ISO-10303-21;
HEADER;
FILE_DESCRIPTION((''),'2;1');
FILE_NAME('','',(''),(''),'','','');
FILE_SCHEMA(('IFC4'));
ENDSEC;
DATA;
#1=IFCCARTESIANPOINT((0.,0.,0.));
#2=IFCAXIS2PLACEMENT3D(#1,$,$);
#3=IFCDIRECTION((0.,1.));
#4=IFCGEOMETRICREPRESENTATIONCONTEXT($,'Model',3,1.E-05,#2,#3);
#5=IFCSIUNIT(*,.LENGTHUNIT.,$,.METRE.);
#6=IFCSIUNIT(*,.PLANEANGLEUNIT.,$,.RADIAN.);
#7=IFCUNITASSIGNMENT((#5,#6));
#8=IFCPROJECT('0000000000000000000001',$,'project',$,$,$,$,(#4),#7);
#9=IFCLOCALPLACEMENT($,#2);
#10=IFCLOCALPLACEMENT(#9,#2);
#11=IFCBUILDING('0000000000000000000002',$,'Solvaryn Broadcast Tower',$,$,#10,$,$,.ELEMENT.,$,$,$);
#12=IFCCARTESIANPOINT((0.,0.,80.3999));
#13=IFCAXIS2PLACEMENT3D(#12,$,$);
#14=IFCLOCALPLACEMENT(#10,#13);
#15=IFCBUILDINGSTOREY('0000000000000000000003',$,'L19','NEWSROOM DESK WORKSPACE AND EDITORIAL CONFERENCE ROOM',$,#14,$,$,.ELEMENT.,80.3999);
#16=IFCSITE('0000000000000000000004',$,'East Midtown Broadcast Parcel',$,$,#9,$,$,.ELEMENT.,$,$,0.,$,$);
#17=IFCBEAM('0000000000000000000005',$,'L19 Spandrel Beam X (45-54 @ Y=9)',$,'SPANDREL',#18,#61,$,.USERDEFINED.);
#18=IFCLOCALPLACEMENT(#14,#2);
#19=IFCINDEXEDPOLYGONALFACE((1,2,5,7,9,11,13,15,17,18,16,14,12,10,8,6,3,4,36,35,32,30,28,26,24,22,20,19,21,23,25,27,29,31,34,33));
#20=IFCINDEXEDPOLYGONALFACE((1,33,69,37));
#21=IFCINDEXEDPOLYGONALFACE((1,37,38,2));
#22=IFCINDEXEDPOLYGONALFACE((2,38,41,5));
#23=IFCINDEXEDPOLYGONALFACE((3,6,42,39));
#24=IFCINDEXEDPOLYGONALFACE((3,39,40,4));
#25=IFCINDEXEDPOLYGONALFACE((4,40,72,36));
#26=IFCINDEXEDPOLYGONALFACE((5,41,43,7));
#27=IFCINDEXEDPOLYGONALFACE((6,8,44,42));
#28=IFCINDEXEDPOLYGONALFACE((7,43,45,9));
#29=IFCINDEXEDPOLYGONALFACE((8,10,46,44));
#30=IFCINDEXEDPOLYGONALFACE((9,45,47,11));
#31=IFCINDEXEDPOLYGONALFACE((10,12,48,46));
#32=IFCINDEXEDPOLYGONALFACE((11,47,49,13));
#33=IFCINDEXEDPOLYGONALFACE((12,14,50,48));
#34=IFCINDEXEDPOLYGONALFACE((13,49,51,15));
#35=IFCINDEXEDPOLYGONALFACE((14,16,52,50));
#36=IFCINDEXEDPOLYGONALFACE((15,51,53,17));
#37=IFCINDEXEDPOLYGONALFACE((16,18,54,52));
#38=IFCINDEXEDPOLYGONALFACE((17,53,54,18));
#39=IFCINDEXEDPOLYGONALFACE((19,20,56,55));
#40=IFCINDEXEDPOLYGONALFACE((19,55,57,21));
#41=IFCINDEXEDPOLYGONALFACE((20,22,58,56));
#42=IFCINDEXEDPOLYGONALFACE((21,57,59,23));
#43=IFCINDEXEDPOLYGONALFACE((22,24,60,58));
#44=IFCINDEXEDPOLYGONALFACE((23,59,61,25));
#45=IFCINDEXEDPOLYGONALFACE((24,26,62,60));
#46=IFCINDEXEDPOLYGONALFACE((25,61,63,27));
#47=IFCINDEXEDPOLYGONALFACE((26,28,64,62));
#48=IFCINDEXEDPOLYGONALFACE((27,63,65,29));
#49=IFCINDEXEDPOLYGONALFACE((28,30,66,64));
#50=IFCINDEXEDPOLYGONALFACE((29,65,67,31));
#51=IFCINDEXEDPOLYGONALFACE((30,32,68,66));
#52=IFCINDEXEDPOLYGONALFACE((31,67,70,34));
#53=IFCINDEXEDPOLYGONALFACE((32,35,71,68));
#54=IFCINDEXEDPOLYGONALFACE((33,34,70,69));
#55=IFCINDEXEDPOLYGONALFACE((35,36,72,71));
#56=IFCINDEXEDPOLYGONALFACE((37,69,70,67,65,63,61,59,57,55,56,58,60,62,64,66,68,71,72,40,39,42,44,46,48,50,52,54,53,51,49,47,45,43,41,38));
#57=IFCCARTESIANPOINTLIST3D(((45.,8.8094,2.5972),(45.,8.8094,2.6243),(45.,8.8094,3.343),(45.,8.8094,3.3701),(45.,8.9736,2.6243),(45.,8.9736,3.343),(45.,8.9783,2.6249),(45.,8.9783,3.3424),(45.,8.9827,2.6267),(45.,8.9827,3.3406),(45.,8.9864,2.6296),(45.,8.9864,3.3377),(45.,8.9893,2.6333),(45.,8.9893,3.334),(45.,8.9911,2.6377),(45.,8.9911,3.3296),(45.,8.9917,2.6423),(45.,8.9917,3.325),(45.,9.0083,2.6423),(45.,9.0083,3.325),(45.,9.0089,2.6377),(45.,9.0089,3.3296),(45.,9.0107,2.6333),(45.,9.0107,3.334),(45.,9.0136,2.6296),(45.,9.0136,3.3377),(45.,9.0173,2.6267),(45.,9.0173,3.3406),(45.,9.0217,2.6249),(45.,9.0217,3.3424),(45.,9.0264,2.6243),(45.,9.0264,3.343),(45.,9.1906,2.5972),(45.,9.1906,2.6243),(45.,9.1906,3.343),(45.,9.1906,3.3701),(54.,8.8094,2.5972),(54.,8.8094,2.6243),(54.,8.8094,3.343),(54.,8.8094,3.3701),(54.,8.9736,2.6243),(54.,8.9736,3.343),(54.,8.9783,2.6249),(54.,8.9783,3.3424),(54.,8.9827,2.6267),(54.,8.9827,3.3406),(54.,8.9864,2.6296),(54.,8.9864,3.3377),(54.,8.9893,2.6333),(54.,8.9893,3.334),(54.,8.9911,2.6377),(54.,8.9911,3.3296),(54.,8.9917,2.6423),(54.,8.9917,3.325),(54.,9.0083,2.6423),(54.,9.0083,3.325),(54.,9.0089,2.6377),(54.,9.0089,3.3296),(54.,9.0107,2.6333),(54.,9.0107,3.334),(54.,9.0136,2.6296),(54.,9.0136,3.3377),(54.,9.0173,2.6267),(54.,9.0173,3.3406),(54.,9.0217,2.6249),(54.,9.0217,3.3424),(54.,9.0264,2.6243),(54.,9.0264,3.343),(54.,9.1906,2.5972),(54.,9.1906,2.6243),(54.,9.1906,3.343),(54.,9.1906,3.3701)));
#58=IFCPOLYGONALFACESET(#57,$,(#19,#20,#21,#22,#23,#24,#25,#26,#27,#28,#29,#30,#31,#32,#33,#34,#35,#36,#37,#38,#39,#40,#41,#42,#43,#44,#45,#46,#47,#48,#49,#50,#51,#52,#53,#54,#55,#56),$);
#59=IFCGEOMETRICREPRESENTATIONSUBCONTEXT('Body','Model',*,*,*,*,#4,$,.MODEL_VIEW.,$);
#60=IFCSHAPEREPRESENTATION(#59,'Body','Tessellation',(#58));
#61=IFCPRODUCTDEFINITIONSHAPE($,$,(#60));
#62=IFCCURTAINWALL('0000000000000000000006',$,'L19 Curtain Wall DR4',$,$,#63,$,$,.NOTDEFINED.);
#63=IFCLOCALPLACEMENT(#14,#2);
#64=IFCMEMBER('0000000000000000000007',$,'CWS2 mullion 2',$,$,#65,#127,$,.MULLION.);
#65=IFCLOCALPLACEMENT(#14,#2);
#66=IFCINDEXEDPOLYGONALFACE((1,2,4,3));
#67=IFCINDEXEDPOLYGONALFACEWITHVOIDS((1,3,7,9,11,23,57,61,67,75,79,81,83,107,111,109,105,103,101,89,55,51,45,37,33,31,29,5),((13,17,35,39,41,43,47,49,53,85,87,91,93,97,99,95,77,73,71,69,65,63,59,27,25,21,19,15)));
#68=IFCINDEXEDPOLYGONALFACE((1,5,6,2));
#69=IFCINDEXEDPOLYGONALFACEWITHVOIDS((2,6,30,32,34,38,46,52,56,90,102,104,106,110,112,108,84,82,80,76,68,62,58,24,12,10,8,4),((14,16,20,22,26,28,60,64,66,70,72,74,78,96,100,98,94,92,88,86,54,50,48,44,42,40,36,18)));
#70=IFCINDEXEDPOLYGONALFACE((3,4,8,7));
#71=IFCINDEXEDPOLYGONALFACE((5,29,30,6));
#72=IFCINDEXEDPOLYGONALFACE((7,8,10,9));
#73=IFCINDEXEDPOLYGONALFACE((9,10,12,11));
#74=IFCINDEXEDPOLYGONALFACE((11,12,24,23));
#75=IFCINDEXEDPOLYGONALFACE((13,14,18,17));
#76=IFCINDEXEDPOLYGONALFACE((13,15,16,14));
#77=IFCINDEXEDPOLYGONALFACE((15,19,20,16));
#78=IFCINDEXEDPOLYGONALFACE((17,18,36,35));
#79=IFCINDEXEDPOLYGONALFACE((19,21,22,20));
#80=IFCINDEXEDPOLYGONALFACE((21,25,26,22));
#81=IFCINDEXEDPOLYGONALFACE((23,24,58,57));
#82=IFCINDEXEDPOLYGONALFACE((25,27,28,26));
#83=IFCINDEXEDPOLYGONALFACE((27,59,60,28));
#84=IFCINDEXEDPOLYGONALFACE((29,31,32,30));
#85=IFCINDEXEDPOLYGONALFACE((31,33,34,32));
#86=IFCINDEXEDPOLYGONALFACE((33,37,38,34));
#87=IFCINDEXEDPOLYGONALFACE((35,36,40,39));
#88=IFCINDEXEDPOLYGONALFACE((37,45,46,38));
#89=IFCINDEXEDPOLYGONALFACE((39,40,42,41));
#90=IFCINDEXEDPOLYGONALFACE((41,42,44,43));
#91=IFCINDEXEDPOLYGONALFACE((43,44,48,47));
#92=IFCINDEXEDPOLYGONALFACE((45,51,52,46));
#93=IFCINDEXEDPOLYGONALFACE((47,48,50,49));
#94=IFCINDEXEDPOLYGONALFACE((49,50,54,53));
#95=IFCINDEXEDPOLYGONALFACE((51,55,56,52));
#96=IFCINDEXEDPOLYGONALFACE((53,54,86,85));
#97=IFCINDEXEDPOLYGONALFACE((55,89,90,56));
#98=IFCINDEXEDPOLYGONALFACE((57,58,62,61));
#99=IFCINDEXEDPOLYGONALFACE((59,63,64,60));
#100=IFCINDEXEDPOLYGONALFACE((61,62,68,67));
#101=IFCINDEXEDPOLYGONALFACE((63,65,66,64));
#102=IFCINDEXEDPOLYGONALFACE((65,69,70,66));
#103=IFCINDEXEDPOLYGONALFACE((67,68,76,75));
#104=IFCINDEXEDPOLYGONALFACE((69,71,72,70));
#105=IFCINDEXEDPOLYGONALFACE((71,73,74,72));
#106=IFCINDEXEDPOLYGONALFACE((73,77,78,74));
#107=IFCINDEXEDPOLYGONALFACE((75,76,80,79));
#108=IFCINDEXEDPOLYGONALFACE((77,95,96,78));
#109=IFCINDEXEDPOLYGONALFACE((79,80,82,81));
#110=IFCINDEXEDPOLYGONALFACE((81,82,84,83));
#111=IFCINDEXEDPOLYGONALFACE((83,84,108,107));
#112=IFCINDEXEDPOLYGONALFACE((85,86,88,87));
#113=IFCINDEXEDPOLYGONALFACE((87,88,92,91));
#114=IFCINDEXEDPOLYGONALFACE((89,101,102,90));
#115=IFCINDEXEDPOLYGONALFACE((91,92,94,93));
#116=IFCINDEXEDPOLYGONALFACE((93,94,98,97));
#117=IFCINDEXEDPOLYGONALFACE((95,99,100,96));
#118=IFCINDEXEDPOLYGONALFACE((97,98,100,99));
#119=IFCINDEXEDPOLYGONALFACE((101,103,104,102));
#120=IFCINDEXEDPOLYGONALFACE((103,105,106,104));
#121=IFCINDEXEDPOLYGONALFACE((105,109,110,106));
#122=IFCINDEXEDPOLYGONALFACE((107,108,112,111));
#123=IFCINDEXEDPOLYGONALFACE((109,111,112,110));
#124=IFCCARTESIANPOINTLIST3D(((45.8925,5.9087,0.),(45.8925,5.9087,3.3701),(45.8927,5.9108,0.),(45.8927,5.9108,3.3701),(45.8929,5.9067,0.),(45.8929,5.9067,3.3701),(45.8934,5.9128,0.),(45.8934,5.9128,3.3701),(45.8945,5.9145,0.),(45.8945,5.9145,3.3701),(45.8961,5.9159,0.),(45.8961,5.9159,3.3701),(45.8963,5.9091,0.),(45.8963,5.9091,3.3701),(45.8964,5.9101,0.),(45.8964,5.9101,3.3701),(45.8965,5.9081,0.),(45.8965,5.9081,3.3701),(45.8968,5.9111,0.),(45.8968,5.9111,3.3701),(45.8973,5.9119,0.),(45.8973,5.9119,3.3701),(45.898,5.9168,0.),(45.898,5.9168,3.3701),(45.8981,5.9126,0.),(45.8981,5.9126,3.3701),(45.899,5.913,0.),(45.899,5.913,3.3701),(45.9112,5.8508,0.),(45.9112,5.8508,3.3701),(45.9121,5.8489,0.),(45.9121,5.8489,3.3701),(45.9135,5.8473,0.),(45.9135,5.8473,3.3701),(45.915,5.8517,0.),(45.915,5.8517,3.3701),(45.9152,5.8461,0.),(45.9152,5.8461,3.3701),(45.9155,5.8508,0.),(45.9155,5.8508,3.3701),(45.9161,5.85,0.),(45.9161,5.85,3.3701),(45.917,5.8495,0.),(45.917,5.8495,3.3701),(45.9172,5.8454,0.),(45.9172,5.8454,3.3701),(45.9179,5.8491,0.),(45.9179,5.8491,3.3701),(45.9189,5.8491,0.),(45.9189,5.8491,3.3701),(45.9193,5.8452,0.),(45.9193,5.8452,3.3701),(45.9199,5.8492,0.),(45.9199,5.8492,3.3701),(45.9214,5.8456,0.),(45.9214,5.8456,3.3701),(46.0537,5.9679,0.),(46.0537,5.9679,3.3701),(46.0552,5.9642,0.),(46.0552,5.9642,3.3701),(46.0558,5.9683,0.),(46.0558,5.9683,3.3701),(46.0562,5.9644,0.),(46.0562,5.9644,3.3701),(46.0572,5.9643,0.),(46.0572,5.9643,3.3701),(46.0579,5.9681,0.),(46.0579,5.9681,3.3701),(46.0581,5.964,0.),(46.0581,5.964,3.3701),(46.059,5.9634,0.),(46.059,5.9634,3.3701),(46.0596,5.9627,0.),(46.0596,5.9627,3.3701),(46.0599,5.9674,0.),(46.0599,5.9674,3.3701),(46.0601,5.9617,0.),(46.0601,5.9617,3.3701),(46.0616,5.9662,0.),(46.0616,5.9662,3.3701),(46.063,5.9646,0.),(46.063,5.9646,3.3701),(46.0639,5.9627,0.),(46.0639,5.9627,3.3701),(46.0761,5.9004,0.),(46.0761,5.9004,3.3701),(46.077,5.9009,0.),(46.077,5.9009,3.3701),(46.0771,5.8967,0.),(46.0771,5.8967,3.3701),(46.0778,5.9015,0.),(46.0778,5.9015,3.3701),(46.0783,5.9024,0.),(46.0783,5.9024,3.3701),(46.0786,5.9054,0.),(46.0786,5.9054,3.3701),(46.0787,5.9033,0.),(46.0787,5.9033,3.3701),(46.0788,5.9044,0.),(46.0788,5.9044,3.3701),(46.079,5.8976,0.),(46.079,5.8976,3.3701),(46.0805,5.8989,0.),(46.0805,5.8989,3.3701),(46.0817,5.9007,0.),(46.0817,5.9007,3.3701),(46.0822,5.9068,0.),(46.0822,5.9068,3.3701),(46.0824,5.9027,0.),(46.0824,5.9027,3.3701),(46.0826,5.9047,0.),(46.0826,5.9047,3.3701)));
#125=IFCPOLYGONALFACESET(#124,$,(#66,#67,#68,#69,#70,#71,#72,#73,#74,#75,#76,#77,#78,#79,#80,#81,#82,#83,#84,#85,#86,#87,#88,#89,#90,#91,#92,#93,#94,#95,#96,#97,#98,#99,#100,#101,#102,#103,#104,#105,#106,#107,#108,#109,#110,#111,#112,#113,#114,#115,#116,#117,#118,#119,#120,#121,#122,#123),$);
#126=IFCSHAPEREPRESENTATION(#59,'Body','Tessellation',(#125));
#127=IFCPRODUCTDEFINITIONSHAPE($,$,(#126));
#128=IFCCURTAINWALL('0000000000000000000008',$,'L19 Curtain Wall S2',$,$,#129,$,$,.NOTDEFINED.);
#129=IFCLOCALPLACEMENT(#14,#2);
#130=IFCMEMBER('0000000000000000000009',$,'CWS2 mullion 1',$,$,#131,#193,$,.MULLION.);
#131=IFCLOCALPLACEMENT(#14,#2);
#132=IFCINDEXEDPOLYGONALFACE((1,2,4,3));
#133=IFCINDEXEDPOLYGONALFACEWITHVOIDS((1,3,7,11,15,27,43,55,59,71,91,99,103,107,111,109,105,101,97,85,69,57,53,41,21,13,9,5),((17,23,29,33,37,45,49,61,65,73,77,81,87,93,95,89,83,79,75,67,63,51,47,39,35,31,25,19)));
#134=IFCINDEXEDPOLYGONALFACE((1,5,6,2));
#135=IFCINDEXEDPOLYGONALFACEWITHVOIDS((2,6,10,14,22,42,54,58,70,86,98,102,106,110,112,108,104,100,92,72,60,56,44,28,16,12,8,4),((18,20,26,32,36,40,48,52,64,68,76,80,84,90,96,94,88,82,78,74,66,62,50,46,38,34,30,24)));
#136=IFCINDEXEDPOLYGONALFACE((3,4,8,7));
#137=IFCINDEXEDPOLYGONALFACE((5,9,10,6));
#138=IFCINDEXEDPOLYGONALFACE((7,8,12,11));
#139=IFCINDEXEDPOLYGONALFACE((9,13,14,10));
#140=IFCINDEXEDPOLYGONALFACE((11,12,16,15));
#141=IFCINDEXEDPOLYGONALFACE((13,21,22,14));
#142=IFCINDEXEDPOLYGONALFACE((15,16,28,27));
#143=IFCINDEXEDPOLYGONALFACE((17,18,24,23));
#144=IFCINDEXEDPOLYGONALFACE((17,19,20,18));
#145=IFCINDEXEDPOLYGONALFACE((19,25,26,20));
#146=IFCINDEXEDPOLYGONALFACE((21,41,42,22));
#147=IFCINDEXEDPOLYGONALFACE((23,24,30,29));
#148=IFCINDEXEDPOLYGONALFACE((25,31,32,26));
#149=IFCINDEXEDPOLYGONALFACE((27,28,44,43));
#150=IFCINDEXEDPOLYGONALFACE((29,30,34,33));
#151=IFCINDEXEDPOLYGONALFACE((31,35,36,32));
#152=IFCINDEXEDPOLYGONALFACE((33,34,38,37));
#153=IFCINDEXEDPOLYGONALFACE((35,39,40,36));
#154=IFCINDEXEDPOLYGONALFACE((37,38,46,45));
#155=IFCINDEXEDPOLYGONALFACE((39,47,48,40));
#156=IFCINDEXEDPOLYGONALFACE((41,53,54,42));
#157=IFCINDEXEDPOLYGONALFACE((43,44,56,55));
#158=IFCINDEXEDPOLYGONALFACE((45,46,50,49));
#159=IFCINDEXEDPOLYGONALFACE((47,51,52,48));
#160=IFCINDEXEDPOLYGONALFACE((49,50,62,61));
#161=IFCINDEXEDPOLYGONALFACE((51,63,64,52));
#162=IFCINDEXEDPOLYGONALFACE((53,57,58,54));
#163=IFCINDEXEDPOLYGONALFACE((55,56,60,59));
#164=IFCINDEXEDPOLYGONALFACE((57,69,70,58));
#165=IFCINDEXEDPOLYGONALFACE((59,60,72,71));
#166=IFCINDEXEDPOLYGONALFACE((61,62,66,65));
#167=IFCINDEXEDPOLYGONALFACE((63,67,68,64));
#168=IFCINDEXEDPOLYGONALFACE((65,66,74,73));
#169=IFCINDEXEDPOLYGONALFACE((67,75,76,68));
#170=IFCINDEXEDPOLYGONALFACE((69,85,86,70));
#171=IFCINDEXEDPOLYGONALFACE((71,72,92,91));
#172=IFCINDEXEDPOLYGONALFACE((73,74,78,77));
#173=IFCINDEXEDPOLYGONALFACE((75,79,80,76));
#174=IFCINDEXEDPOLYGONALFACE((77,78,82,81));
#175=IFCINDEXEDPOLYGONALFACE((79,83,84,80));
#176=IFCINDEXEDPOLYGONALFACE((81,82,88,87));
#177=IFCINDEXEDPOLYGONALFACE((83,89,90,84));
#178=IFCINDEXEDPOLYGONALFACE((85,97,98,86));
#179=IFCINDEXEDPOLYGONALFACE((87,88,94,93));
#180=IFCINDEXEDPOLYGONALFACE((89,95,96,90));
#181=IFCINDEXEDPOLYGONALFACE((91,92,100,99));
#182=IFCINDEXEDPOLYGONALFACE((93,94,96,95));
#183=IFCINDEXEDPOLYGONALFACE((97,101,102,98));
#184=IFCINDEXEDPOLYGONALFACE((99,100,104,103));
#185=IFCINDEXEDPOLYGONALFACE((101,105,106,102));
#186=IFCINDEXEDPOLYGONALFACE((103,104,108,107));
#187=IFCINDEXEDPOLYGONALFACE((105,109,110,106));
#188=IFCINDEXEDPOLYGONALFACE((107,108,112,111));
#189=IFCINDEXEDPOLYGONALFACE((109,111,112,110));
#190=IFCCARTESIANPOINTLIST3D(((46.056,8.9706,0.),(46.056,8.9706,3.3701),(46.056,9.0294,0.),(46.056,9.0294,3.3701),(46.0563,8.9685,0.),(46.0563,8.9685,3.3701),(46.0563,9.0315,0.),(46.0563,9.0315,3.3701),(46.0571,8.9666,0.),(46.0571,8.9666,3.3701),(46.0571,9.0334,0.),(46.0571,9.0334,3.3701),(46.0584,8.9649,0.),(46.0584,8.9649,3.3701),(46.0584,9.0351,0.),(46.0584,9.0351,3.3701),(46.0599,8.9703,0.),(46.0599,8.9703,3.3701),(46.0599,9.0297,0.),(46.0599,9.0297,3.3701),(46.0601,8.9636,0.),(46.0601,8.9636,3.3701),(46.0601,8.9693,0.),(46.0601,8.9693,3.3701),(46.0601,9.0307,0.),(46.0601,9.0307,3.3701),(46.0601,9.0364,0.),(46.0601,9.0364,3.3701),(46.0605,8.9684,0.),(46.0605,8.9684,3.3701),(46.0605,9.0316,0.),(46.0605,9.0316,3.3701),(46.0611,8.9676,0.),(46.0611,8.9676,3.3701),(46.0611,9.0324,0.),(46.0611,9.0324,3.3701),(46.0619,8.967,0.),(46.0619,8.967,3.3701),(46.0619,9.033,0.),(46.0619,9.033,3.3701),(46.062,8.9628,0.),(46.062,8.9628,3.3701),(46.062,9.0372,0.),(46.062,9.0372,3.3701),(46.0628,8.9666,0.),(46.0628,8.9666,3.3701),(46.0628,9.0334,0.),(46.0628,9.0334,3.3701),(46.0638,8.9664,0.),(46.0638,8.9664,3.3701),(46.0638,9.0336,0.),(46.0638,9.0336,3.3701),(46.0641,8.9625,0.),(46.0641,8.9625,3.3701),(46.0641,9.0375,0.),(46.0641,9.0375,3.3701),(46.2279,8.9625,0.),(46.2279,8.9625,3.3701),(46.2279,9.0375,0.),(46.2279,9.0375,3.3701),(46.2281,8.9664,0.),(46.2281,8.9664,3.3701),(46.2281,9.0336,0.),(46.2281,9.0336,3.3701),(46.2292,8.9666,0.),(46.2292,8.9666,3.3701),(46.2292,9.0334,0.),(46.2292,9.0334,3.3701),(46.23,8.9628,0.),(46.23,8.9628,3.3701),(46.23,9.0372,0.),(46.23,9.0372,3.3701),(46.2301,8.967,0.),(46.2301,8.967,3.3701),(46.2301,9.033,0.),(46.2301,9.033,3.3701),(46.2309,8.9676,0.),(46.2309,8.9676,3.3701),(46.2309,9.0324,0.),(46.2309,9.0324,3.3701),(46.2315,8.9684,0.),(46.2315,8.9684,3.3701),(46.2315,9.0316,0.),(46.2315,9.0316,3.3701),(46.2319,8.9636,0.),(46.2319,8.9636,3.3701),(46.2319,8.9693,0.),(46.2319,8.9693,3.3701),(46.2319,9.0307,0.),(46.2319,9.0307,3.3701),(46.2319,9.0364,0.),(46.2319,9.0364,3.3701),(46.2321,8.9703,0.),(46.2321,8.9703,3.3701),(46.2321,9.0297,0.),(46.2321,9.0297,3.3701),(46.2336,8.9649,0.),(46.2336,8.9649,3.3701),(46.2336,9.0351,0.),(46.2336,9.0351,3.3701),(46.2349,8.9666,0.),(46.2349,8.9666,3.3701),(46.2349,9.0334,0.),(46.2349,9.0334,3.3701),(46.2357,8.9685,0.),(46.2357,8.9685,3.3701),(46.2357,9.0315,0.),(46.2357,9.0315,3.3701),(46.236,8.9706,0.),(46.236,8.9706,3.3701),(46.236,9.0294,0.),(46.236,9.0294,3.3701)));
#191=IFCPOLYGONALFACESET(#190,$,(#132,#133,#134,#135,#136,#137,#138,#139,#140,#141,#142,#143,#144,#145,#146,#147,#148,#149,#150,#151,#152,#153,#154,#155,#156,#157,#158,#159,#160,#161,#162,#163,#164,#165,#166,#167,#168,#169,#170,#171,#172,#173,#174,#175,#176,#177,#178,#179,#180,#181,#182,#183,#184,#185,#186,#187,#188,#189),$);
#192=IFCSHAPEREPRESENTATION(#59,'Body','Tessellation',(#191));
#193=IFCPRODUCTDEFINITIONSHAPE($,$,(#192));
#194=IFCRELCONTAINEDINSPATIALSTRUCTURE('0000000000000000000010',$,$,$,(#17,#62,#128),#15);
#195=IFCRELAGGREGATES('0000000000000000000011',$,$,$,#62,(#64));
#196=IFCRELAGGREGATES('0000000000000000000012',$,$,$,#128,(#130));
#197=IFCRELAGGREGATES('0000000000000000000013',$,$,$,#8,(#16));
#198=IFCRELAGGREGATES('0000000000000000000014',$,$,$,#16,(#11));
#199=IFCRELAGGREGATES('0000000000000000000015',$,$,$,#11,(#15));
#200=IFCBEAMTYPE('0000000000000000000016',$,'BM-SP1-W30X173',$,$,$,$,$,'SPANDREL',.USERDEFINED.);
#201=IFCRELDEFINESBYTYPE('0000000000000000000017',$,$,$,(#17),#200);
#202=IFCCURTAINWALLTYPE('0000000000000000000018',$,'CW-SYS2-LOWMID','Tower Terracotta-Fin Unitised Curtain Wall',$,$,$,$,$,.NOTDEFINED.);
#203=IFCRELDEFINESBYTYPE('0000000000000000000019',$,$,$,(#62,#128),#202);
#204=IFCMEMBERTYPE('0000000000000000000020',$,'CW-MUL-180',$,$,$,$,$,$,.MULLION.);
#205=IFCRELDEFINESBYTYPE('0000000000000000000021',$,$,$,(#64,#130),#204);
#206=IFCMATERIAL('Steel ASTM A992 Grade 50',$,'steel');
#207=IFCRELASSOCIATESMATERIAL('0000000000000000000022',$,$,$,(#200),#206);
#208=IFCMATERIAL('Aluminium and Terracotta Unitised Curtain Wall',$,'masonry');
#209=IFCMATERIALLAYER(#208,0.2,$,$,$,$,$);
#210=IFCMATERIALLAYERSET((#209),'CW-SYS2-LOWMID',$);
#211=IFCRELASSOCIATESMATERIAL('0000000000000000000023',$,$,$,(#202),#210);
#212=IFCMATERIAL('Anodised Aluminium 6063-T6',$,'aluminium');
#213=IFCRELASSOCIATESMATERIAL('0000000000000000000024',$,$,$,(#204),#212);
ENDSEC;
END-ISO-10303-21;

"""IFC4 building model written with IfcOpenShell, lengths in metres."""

from ifc_helpers import new_model, si_unit, direction, frame, origin, origin_2d, place, context, subcontext, project, spatial, hollow_rectangle, i_section, extrude, material, layer, layer_set, material_profile, profile_set, type_object, element, aggregate, save


model = new_model("IFC4")

# Units and contexts
model_context = context("Model", 3, precision=1e-05, world=origin(), true_north=direction((0.0, 1.0)))
body_context = subcontext(model_context, "Body", "Model", "MODEL_VIEW")
ifc_project = project(units=[si_unit("LENGTHUNIT", "METRE"), si_unit("PLANEANGLEUNIT", "RADIAN")], contexts=[model_context])

# Site, building, storey
site_placement = place(None, origin())
site = spatial("IfcSite", under=ifc_project, at=site_placement, Name="East Midtown Broadcast Parcel", CompositionType="ELEMENT", RefElevation=0.0)
building_placement = place(site_placement, origin())
building = spatial("IfcBuilding", under=site, at=building_placement, Name="Solvaryn Broadcast Tower", CompositionType="ELEMENT")
storey_placement = place(building_placement, frame((0.0, 0.0, 80.3999)))
storey = spatial("IfcBuildingStorey", under=building, at=storey_placement, Name="L19", Description="NEWSROOM DESK WORKSPACE AND EDITORIAL CONFERENCE ROOM", CompositionType="ELEMENT", Elevation=80.3999)

# Beam
ifc_material_1 = material(Name="Steel ASTM A992 Grade 50", Category="steel")
ifc_material_profile_1 = material_profile(ifc_material_1, i_section(OverallWidth=0.3811, OverallDepth=0.7729, WebThickness=0.0166, FlangeThickness=0.0271, FilletRadius=0.0181, at=origin_2d()))
ifc_profile_set_1 = profile_set([ifc_material_profile_1], Name="Steel ASTM A992 Grade 50")
beam_type_1 = type_object("IfcBeamType", Name="BM-SP1-W30X173", ElementType="SPANDREL", PredefinedType="USERDEFINED", material=ifc_profile_set_1)
beam_1_placement = place(storey_placement, frame((45.0, 9.0, 2.9836), z_axis=(1.0, 0.0, 0.0), x_axis=(0.0, 1.0, 0.0)))
element("IfcBeam", 1, at=beam_1_placement, inside=storey, type_object=beam_type_1, Name="L19 Spandrel Beam X (45-54 @ Y=9)", ObjectType="SPANDREL", PredefinedType="USERDEFINED", context=body_context, shape_type="SweptSolid", body=[
    extrude(i_section(OverallWidth=0.3811, OverallDepth=0.7729, WebThickness=0.0166, FlangeThickness=0.0271, FilletRadius=0.0181, at=origin_2d()), origin(), (0.0, 0.0, 1.0), 9.0),
])

# Curtain wall, member
ifc_material_2 = material(Name="Aluminium and Terracotta Unitised Curtain Wall", Category="masonry")
ifc_layer_1 = layer(ifc_material_2, 0.2)
ifc_layer_set_1 = layer_set([ifc_layer_1], Name="CW-SYS2-LOWMID")
curtain_wall_type = type_object("IfcCurtainWallType", Name="CW-SYS2-LOWMID", Description="Tower Terracotta-Fin Unitised Curtain Wall", PredefinedType="NOTDEFINED", material=ifc_layer_set_1)
curtain_wall_1_placement = place(storey_placement, origin())
curtain_wall_1 = element("IfcCurtainWall", 2, at=curtain_wall_1_placement, inside=storey, type_object=curtain_wall_type, Name="L19 Curtain Wall DR4", PredefinedType="NOTDEFINED")
ifc_material_3 = material(Name="Anodised Aluminium 6063-T6", Category="aluminium")
ifc_material_profile_2 = material_profile(ifc_material_3, hollow_rectangle(XDim=0.075, YDim=0.1799, WallThickness=0.0039, InnerFilletRadius=0.0039, OuterFilletRadius=0.0081, at=origin_2d()))
ifc_profile_set_2 = profile_set([ifc_material_profile_2], Name="Anodised Aluminium 6063-T6")
member_type_1 = type_object("IfcMemberType", Name="CW-MUL-180", PredefinedType="MULLION", material=ifc_profile_set_2)
member_1_placement = place(storey_placement, frame((45.9875, 5.9067, 0.0), z_axis=(0.0, 0.0, 1.0), x_axis=(-0.311594, 0.950215, 0.0)))
member_1 = element("IfcMember", 3, at=member_1_placement, type_object=member_type_1, Name="CWS2 mullion 2", PredefinedType="MULLION", context=body_context, shape_type="SweptSolid", body=[
    extrude(hollow_rectangle(XDim=0.075, YDim=0.1799, WallThickness=0.0039, InnerFilletRadius=0.0039, OuterFilletRadius=0.0081, at=origin_2d()), origin(), (0.0, 0.0, 1.0), 3.3701),
])
aggregate(curtain_wall_1, [member_1])

# Curtain wall, member
curtain_wall_2_placement = place(storey_placement, origin())
curtain_wall_2 = element("IfcCurtainWall", 4, at=curtain_wall_2_placement, inside=storey, type_object=curtain_wall_type, Name="L19 Curtain Wall S2", PredefinedType="NOTDEFINED")
member_2_placement = place(storey_placement, frame((46.146, 9.0, 0.0), z_axis=(0.0, 0.0, 1.0), x_axis=(0.0, 1.0, 0.0)))
member_2 = element("IfcMember", 5, at=member_2_placement, type_object=member_type_1, Name="CWS2 mullion 1", PredefinedType="MULLION", context=body_context, shape_type="SweptSolid", body=[
    extrude(hollow_rectangle(XDim=0.075, YDim=0.1799, WallThickness=0.0039, InnerFilletRadius=0.0039, OuterFilletRadius=0.0081, at=origin_2d()), origin(), (0.0, 0.0, 1.0), 3.3701),
])
aggregate(curtain_wall_2, [member_2])

save(model, "model.ifc")
